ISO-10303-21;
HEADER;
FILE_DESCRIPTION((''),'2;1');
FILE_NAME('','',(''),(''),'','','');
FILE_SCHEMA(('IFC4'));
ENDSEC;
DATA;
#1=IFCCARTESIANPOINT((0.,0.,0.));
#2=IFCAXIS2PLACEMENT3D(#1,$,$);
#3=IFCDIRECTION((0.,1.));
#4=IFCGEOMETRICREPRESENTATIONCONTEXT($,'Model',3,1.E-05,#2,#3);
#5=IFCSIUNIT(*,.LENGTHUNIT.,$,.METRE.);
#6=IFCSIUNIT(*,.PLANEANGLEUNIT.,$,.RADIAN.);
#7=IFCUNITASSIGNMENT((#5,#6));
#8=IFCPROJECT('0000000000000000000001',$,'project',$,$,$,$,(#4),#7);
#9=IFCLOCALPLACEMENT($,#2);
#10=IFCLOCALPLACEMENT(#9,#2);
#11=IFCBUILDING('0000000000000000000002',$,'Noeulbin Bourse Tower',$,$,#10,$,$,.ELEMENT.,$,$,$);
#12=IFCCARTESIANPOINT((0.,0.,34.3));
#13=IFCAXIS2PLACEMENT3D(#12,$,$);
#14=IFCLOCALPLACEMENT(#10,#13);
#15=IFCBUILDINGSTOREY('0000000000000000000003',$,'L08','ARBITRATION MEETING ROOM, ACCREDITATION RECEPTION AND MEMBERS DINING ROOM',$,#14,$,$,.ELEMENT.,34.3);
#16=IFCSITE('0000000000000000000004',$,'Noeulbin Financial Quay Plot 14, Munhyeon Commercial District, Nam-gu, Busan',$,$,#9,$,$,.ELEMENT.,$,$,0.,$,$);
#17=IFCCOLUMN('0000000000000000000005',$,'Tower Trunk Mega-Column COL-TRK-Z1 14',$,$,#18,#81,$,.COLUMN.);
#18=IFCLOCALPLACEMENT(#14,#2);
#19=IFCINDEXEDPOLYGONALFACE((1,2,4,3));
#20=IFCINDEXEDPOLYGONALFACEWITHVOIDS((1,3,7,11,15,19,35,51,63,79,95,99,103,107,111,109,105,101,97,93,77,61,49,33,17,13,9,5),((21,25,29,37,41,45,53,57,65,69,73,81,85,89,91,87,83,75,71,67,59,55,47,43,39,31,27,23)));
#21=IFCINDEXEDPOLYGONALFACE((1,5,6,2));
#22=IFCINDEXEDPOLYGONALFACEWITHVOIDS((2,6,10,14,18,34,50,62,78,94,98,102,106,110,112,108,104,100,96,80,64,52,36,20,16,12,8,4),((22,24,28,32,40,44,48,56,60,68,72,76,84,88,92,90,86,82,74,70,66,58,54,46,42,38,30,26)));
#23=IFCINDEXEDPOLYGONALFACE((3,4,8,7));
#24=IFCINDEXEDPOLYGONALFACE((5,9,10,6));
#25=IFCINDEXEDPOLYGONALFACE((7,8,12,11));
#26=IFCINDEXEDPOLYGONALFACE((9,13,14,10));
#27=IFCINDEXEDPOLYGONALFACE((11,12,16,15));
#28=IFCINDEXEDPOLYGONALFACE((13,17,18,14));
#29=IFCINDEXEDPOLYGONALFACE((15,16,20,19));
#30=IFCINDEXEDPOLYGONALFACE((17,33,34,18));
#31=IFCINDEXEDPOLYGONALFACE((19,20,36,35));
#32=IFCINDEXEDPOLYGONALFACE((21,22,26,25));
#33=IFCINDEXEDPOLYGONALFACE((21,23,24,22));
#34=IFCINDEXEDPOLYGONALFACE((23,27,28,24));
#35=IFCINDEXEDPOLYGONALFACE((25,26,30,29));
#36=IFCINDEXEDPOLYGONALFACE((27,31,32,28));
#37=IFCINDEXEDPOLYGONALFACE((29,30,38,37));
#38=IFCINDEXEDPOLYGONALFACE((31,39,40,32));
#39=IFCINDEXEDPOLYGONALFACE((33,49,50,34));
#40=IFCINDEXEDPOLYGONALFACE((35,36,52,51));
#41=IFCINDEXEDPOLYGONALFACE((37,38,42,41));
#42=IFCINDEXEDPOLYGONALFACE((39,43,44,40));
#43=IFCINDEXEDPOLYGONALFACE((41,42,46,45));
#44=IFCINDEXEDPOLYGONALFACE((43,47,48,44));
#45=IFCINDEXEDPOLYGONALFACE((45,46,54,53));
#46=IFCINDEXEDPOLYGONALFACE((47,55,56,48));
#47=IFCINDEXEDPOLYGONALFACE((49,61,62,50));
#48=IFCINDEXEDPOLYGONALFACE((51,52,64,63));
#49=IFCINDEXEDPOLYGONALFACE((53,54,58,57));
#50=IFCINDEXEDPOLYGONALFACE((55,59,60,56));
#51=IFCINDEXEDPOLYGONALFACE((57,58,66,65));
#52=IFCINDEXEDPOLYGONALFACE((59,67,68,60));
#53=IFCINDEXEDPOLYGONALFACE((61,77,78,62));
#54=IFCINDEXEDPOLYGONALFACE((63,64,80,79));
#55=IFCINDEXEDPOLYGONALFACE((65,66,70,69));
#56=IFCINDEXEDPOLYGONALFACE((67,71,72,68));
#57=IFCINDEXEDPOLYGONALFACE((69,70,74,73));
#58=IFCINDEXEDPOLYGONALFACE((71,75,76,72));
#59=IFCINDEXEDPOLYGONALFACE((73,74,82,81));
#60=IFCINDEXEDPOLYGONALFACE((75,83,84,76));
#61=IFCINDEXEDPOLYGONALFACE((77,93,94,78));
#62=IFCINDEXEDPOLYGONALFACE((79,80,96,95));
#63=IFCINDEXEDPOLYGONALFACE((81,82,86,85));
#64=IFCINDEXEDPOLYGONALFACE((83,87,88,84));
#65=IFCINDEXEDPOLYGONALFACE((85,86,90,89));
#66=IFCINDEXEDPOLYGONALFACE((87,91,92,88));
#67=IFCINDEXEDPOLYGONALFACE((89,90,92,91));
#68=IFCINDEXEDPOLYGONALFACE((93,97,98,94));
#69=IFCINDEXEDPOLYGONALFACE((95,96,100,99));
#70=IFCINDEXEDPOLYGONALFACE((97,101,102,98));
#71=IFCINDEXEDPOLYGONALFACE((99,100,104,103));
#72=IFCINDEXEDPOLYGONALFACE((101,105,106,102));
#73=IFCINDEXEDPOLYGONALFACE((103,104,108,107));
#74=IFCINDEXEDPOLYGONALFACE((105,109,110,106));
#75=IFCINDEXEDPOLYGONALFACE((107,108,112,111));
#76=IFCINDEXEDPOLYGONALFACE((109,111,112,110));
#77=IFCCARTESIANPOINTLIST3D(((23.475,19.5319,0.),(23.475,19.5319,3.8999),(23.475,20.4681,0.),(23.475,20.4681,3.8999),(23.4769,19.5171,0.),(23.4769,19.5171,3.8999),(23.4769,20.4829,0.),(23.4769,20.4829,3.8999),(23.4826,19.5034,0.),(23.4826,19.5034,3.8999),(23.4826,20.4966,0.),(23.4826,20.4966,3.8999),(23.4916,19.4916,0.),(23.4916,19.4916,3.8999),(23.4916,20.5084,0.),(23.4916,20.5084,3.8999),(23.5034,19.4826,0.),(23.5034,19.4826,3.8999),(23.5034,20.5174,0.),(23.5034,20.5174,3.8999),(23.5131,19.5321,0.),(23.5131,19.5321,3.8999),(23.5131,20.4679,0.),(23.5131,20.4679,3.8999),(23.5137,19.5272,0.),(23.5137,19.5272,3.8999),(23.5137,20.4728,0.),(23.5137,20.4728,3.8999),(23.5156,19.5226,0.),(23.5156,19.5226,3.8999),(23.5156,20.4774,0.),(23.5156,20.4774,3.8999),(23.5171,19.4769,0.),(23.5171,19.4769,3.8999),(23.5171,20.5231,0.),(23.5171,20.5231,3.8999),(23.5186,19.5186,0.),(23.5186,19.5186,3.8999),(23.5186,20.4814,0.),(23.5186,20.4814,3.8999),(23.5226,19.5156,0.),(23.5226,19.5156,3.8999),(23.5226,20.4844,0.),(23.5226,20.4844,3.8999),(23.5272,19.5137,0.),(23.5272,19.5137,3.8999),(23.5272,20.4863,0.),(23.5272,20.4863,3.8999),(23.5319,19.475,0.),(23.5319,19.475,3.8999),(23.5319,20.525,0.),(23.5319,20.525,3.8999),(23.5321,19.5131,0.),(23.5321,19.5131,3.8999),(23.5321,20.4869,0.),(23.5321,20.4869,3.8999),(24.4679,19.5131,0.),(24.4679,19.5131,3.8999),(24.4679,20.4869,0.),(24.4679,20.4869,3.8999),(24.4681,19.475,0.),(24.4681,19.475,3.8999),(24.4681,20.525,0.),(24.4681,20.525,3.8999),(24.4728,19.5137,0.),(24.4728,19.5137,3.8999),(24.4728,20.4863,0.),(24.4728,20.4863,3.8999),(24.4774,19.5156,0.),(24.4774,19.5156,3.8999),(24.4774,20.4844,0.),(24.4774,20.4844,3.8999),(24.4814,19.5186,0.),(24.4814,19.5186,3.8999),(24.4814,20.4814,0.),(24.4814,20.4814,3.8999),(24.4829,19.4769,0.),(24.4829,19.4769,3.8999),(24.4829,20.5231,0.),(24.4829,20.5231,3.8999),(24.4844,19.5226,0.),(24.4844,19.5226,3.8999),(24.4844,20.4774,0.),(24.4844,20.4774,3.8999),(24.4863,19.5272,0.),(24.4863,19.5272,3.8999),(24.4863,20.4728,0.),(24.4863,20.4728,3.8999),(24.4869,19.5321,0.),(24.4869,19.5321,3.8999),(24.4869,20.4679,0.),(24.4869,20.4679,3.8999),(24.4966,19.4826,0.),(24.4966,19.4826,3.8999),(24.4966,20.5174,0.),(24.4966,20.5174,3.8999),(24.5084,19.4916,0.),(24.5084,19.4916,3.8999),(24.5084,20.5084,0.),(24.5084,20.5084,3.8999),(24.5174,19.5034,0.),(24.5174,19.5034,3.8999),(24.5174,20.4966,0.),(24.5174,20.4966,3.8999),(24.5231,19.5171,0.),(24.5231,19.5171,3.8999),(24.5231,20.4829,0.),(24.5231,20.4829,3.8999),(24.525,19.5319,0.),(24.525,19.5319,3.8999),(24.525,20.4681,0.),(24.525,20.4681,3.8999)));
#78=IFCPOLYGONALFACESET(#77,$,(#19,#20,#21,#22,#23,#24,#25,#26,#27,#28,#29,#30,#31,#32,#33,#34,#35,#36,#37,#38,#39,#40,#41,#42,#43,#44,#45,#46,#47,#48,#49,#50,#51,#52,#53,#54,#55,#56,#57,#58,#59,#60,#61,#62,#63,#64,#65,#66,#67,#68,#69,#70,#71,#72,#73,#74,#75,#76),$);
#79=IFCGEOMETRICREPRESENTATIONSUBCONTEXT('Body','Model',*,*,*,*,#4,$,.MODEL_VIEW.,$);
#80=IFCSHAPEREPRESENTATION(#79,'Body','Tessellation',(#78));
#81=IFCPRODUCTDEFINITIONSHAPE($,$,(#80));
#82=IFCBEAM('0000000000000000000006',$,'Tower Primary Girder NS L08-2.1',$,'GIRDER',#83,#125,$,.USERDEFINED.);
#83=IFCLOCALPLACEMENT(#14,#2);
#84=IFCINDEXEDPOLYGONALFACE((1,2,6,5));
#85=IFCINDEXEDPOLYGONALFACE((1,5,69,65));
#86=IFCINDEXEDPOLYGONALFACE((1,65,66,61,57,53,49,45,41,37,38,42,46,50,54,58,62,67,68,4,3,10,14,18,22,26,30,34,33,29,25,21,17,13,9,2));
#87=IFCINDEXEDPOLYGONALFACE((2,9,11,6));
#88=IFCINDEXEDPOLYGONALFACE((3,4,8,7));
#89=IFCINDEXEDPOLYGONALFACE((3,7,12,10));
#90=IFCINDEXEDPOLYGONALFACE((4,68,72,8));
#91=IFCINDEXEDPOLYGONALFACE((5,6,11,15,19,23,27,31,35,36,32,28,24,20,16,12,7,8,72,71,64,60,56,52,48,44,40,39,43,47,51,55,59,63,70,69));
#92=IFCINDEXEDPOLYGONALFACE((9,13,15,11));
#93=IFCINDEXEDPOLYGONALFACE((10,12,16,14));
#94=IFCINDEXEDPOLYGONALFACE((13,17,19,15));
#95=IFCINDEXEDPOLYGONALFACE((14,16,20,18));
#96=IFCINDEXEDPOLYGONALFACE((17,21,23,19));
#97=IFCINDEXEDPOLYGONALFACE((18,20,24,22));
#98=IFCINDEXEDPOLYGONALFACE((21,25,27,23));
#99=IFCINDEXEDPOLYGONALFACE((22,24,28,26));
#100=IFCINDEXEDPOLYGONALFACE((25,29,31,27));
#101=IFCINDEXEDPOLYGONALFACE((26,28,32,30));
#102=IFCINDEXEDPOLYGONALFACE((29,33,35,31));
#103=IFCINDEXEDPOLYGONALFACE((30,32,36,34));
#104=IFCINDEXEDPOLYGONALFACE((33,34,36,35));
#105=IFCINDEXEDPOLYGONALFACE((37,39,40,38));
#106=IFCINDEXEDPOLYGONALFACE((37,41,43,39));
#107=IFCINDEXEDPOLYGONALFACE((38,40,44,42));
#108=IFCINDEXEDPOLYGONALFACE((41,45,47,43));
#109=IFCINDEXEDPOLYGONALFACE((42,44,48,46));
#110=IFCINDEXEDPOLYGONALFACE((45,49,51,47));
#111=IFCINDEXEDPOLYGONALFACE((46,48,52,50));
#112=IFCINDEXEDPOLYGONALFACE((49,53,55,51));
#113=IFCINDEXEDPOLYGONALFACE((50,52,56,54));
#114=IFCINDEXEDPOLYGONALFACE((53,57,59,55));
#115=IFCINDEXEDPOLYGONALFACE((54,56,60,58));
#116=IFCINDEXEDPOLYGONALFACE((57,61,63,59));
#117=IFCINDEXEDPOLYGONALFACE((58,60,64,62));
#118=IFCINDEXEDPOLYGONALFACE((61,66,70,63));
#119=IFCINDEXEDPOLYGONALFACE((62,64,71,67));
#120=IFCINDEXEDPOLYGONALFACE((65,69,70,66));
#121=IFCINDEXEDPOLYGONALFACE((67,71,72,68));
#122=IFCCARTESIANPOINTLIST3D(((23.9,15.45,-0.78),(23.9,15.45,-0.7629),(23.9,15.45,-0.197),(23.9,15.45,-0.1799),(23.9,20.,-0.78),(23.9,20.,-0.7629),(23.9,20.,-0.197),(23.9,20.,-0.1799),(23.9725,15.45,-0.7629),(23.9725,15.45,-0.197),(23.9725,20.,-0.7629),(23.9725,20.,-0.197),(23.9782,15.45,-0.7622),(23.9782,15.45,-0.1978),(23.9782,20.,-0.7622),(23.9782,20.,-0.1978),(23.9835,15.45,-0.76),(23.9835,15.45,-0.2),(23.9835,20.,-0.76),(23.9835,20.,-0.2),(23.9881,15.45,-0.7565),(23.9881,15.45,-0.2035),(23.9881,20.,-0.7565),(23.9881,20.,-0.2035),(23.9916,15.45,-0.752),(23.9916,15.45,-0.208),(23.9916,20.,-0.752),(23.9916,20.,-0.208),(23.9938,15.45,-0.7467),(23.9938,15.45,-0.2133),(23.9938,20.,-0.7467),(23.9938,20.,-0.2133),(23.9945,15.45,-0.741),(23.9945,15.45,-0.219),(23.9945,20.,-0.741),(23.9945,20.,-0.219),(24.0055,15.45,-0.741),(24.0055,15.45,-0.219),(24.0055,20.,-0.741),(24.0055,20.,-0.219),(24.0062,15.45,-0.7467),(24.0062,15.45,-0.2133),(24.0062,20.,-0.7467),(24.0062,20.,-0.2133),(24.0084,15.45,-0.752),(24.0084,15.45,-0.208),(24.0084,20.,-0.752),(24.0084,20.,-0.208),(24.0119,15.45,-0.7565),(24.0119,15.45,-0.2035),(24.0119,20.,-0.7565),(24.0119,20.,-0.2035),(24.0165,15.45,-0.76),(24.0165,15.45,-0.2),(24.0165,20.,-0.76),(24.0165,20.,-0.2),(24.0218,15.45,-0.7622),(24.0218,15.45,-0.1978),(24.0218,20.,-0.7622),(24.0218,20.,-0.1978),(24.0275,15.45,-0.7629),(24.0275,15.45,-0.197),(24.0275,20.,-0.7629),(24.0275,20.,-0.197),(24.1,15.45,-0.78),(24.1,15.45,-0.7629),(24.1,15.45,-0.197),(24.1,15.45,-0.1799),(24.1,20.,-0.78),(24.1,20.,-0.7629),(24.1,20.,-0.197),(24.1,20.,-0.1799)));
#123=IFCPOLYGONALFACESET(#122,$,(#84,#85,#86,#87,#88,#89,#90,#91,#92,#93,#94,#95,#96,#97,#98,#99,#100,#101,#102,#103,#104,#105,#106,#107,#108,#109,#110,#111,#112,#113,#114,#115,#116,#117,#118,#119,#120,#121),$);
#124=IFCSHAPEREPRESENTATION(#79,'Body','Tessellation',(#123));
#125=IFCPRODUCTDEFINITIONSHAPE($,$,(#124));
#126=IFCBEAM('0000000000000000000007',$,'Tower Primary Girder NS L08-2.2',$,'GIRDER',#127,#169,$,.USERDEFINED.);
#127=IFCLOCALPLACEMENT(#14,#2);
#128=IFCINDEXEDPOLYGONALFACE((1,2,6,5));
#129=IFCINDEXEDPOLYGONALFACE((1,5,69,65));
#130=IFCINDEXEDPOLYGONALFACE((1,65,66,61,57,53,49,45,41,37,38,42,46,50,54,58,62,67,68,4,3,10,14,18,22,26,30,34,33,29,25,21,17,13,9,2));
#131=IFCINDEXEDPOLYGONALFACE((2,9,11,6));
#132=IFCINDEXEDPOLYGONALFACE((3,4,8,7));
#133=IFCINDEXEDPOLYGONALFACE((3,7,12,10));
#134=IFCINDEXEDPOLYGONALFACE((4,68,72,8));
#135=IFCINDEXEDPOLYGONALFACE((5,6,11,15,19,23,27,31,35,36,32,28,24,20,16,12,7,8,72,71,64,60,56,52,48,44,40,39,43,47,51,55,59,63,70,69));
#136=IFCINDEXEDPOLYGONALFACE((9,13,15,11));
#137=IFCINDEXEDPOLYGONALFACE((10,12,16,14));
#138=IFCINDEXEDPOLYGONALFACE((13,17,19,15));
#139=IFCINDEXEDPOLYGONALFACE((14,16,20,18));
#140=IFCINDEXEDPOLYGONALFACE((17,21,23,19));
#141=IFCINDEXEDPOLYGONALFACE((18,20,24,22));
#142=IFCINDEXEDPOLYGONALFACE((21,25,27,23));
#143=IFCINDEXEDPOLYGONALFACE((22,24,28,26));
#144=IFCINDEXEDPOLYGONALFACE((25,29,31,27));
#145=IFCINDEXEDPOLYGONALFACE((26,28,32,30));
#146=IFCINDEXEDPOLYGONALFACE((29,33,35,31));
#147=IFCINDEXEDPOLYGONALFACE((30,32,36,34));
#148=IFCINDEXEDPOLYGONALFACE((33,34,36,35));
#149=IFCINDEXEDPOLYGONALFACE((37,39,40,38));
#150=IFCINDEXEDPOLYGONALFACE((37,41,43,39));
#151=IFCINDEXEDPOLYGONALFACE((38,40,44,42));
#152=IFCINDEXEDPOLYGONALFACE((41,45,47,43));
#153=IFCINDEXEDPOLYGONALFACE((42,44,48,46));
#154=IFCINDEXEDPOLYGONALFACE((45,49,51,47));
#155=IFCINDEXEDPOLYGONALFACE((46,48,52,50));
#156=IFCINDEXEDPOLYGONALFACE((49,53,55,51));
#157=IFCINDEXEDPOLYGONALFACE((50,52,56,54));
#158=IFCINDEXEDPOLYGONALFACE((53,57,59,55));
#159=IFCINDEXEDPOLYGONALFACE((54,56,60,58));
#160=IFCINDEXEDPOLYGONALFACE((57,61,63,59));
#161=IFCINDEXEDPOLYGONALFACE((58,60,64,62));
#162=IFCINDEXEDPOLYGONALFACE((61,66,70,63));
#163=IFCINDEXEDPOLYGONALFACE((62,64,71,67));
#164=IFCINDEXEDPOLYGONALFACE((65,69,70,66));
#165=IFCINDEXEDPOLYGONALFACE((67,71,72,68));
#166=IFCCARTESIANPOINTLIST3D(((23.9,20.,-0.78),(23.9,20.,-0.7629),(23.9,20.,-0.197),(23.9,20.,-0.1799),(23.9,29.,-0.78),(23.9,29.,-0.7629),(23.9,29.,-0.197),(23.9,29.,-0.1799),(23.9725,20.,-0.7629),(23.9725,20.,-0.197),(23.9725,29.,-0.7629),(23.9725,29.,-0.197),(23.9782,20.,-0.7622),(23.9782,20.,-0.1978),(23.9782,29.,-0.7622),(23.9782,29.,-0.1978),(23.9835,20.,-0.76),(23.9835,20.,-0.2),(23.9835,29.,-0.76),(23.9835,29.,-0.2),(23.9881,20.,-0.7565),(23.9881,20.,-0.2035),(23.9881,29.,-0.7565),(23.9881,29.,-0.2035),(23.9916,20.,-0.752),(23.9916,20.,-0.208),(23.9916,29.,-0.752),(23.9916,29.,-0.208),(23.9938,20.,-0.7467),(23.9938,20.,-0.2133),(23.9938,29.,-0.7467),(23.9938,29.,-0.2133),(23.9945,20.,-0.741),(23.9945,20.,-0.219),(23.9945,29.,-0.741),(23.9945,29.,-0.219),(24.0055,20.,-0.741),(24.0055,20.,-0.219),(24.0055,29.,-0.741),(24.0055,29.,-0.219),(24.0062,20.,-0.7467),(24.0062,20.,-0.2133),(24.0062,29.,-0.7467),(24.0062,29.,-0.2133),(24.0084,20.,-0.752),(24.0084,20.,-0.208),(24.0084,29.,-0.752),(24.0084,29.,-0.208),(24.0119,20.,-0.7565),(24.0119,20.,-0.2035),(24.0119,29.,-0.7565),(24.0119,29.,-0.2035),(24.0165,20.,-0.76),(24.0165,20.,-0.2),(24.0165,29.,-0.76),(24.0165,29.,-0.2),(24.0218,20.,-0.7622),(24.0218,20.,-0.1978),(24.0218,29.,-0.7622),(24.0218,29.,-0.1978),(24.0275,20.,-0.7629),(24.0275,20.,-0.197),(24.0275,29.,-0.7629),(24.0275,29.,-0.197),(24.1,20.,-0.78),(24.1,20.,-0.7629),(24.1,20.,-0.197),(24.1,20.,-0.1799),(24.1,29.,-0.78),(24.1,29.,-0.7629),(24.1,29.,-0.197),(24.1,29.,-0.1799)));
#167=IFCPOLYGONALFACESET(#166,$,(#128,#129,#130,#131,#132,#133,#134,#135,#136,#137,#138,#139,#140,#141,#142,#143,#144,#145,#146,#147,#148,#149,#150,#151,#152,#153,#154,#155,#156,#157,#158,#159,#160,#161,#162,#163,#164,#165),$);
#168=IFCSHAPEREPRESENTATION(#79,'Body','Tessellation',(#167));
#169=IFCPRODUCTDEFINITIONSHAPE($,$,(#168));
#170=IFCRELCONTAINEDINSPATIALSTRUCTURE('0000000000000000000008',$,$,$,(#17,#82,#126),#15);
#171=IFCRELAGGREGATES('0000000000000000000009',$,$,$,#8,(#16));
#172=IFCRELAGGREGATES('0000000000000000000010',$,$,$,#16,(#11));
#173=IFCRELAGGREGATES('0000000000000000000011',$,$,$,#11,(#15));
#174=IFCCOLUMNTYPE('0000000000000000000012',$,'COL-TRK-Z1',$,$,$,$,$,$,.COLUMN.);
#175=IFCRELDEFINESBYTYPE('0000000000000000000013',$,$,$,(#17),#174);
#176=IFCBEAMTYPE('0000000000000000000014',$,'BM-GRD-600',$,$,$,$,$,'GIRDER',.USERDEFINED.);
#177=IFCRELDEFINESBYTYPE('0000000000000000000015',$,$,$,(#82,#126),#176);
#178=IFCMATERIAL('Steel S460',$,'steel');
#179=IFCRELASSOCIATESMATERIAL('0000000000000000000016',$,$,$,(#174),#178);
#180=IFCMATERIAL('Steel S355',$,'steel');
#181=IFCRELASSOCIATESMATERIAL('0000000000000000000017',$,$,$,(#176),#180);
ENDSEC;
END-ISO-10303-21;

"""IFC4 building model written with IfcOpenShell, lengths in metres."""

from ifc_helpers import new_model, si_unit, direction, frame, origin, origin_2d, place, context, subcontext, project, spatial, hollow_rectangle, i_section, extrude, material, material_profile, profile_set, type_object, element, save


model = new_model("IFC4")

# Units and contexts
model_context = context("Model", 3, precision=1e-05, world=origin(), true_north=direction((0.0, 1.0)))
body_context = subcontext(model_context, "Body", "Model", "MODEL_VIEW")
ifc_project = project(units=[si_unit("LENGTHUNIT", "METRE"), si_unit("PLANEANGLEUNIT", "RADIAN")], contexts=[model_context])

# Site, building, storey
site_placement = place(None, origin())
site = spatial("IfcSite", under=ifc_project, at=site_placement, Name="Noeulbin Financial Quay Plot 14, Munhyeon Commercial District, Nam-gu, Busan", CompositionType="ELEMENT", RefElevation=0.0)
building_placement = place(site_placement, origin())
building = spatial("IfcBuilding", under=site, at=building_placement, Name="Noeulbin Bourse Tower", CompositionType="ELEMENT")
storey_placement = place(building_placement, frame((0.0, 0.0, 34.3)))
storey = spatial("IfcBuildingStorey", under=building, at=storey_placement, Name="L08", Description="ARBITRATION MEETING ROOM, ACCREDITATION RECEPTION AND MEMBERS DINING ROOM", CompositionType="ELEMENT", Elevation=34.3)

# Column
ifc_material_1 = material(Name="Steel S460", Category="steel")
ifc_material_profile_1 = material_profile(ifc_material_1, hollow_rectangle(XDim=1.05, YDim=1.05, WallThickness=0.0381, InnerFilletRadius=0.019, OuterFilletRadius=0.0569, at=origin_2d()), Name="BOX-1050x1050x38", Category="LoadBearing")
ifc_profile_set_1 = profile_set([ifc_material_profile_1], Name="Steel S460")
column_type = type_object("IfcColumnType", Name="COL-TRK-Z1", PredefinedType="COLUMN", material=ifc_profile_set_1)
column_placement = place(storey_placement, frame((24.0, 20.0, 0.0), z_axis=(0.0, 0.0, 1.0), x_axis=(1.0, 0.0, 0.0)))
element("IfcColumn", 1, at=column_placement, inside=storey, type_object=column_type, Name="Tower Trunk Mega-Column COL-TRK-Z1 14", PredefinedType="COLUMN", context=body_context, shape_type="SweptSolid", body=[
    extrude(hollow_rectangle(XDim=1.05, YDim=1.05, WallThickness=0.0381, InnerFilletRadius=0.019, OuterFilletRadius=0.0569, at=origin_2d()), origin(), (0.0, 0.0, 1.0), 3.8999),
])

# Beams
ifc_material_2 = material(Name="Steel S355", Category="steel")
ifc_material_profile_2 = material_profile(ifc_material_2, i_section(OverallWidth=0.2, OverallDepth=0.6001, WebThickness=0.011, FlangeThickness=0.0171, FilletRadius=0.022, at=origin_2d()), Name="H-600x200x11x17", Category="LoadBearing")
ifc_profile_set_2 = profile_set([ifc_material_profile_2], Name="Steel S355")
beam_type_1 = type_object("IfcBeamType", Name="BM-GRD-600", ElementType="GIRDER", PredefinedType="USERDEFINED", material=ifc_profile_set_2)
beam_1_placement = place(storey_placement, frame((24.0, 15.45, -0.48), z_axis=(0.0, 1.0, 0.0), x_axis=(-1.0, 0.0, 0.0)))
element("IfcBeam", 2, at=beam_1_placement, inside=storey, type_object=beam_type_1, Name="Tower Primary Girder NS L08-2.1", ObjectType="GIRDER", PredefinedType="USERDEFINED", context=body_context, shape_type="SweptSolid", body=[
    extrude(i_section(OverallWidth=0.2, OverallDepth=0.6001, WebThickness=0.011, FlangeThickness=0.0171, FilletRadius=0.022, at=origin_2d()), origin(), (0.0, 0.0, 1.0), 4.55),
])
beam_2_placement = place(storey_placement, frame((24.0, 20.0, -0.48), z_axis=(0.0, 1.0, 0.0), x_axis=(-1.0, 0.0, 0.0)))
element("IfcBeam", 3, at=beam_2_placement, inside=storey, type_object=beam_type_1, Name="Tower Primary Girder NS L08-2.2", ObjectType="GIRDER", PredefinedType="USERDEFINED", context=body_context, shape_type="SweptSolid", body=[
    extrude(i_section(OverallWidth=0.2, OverallDepth=0.6001, WebThickness=0.011, FlangeThickness=0.0171, FilletRadius=0.022, at=origin_2d()), origin(), (0.0, 0.0, 1.0), 9.0),
])

save(model, "model.ifc")
